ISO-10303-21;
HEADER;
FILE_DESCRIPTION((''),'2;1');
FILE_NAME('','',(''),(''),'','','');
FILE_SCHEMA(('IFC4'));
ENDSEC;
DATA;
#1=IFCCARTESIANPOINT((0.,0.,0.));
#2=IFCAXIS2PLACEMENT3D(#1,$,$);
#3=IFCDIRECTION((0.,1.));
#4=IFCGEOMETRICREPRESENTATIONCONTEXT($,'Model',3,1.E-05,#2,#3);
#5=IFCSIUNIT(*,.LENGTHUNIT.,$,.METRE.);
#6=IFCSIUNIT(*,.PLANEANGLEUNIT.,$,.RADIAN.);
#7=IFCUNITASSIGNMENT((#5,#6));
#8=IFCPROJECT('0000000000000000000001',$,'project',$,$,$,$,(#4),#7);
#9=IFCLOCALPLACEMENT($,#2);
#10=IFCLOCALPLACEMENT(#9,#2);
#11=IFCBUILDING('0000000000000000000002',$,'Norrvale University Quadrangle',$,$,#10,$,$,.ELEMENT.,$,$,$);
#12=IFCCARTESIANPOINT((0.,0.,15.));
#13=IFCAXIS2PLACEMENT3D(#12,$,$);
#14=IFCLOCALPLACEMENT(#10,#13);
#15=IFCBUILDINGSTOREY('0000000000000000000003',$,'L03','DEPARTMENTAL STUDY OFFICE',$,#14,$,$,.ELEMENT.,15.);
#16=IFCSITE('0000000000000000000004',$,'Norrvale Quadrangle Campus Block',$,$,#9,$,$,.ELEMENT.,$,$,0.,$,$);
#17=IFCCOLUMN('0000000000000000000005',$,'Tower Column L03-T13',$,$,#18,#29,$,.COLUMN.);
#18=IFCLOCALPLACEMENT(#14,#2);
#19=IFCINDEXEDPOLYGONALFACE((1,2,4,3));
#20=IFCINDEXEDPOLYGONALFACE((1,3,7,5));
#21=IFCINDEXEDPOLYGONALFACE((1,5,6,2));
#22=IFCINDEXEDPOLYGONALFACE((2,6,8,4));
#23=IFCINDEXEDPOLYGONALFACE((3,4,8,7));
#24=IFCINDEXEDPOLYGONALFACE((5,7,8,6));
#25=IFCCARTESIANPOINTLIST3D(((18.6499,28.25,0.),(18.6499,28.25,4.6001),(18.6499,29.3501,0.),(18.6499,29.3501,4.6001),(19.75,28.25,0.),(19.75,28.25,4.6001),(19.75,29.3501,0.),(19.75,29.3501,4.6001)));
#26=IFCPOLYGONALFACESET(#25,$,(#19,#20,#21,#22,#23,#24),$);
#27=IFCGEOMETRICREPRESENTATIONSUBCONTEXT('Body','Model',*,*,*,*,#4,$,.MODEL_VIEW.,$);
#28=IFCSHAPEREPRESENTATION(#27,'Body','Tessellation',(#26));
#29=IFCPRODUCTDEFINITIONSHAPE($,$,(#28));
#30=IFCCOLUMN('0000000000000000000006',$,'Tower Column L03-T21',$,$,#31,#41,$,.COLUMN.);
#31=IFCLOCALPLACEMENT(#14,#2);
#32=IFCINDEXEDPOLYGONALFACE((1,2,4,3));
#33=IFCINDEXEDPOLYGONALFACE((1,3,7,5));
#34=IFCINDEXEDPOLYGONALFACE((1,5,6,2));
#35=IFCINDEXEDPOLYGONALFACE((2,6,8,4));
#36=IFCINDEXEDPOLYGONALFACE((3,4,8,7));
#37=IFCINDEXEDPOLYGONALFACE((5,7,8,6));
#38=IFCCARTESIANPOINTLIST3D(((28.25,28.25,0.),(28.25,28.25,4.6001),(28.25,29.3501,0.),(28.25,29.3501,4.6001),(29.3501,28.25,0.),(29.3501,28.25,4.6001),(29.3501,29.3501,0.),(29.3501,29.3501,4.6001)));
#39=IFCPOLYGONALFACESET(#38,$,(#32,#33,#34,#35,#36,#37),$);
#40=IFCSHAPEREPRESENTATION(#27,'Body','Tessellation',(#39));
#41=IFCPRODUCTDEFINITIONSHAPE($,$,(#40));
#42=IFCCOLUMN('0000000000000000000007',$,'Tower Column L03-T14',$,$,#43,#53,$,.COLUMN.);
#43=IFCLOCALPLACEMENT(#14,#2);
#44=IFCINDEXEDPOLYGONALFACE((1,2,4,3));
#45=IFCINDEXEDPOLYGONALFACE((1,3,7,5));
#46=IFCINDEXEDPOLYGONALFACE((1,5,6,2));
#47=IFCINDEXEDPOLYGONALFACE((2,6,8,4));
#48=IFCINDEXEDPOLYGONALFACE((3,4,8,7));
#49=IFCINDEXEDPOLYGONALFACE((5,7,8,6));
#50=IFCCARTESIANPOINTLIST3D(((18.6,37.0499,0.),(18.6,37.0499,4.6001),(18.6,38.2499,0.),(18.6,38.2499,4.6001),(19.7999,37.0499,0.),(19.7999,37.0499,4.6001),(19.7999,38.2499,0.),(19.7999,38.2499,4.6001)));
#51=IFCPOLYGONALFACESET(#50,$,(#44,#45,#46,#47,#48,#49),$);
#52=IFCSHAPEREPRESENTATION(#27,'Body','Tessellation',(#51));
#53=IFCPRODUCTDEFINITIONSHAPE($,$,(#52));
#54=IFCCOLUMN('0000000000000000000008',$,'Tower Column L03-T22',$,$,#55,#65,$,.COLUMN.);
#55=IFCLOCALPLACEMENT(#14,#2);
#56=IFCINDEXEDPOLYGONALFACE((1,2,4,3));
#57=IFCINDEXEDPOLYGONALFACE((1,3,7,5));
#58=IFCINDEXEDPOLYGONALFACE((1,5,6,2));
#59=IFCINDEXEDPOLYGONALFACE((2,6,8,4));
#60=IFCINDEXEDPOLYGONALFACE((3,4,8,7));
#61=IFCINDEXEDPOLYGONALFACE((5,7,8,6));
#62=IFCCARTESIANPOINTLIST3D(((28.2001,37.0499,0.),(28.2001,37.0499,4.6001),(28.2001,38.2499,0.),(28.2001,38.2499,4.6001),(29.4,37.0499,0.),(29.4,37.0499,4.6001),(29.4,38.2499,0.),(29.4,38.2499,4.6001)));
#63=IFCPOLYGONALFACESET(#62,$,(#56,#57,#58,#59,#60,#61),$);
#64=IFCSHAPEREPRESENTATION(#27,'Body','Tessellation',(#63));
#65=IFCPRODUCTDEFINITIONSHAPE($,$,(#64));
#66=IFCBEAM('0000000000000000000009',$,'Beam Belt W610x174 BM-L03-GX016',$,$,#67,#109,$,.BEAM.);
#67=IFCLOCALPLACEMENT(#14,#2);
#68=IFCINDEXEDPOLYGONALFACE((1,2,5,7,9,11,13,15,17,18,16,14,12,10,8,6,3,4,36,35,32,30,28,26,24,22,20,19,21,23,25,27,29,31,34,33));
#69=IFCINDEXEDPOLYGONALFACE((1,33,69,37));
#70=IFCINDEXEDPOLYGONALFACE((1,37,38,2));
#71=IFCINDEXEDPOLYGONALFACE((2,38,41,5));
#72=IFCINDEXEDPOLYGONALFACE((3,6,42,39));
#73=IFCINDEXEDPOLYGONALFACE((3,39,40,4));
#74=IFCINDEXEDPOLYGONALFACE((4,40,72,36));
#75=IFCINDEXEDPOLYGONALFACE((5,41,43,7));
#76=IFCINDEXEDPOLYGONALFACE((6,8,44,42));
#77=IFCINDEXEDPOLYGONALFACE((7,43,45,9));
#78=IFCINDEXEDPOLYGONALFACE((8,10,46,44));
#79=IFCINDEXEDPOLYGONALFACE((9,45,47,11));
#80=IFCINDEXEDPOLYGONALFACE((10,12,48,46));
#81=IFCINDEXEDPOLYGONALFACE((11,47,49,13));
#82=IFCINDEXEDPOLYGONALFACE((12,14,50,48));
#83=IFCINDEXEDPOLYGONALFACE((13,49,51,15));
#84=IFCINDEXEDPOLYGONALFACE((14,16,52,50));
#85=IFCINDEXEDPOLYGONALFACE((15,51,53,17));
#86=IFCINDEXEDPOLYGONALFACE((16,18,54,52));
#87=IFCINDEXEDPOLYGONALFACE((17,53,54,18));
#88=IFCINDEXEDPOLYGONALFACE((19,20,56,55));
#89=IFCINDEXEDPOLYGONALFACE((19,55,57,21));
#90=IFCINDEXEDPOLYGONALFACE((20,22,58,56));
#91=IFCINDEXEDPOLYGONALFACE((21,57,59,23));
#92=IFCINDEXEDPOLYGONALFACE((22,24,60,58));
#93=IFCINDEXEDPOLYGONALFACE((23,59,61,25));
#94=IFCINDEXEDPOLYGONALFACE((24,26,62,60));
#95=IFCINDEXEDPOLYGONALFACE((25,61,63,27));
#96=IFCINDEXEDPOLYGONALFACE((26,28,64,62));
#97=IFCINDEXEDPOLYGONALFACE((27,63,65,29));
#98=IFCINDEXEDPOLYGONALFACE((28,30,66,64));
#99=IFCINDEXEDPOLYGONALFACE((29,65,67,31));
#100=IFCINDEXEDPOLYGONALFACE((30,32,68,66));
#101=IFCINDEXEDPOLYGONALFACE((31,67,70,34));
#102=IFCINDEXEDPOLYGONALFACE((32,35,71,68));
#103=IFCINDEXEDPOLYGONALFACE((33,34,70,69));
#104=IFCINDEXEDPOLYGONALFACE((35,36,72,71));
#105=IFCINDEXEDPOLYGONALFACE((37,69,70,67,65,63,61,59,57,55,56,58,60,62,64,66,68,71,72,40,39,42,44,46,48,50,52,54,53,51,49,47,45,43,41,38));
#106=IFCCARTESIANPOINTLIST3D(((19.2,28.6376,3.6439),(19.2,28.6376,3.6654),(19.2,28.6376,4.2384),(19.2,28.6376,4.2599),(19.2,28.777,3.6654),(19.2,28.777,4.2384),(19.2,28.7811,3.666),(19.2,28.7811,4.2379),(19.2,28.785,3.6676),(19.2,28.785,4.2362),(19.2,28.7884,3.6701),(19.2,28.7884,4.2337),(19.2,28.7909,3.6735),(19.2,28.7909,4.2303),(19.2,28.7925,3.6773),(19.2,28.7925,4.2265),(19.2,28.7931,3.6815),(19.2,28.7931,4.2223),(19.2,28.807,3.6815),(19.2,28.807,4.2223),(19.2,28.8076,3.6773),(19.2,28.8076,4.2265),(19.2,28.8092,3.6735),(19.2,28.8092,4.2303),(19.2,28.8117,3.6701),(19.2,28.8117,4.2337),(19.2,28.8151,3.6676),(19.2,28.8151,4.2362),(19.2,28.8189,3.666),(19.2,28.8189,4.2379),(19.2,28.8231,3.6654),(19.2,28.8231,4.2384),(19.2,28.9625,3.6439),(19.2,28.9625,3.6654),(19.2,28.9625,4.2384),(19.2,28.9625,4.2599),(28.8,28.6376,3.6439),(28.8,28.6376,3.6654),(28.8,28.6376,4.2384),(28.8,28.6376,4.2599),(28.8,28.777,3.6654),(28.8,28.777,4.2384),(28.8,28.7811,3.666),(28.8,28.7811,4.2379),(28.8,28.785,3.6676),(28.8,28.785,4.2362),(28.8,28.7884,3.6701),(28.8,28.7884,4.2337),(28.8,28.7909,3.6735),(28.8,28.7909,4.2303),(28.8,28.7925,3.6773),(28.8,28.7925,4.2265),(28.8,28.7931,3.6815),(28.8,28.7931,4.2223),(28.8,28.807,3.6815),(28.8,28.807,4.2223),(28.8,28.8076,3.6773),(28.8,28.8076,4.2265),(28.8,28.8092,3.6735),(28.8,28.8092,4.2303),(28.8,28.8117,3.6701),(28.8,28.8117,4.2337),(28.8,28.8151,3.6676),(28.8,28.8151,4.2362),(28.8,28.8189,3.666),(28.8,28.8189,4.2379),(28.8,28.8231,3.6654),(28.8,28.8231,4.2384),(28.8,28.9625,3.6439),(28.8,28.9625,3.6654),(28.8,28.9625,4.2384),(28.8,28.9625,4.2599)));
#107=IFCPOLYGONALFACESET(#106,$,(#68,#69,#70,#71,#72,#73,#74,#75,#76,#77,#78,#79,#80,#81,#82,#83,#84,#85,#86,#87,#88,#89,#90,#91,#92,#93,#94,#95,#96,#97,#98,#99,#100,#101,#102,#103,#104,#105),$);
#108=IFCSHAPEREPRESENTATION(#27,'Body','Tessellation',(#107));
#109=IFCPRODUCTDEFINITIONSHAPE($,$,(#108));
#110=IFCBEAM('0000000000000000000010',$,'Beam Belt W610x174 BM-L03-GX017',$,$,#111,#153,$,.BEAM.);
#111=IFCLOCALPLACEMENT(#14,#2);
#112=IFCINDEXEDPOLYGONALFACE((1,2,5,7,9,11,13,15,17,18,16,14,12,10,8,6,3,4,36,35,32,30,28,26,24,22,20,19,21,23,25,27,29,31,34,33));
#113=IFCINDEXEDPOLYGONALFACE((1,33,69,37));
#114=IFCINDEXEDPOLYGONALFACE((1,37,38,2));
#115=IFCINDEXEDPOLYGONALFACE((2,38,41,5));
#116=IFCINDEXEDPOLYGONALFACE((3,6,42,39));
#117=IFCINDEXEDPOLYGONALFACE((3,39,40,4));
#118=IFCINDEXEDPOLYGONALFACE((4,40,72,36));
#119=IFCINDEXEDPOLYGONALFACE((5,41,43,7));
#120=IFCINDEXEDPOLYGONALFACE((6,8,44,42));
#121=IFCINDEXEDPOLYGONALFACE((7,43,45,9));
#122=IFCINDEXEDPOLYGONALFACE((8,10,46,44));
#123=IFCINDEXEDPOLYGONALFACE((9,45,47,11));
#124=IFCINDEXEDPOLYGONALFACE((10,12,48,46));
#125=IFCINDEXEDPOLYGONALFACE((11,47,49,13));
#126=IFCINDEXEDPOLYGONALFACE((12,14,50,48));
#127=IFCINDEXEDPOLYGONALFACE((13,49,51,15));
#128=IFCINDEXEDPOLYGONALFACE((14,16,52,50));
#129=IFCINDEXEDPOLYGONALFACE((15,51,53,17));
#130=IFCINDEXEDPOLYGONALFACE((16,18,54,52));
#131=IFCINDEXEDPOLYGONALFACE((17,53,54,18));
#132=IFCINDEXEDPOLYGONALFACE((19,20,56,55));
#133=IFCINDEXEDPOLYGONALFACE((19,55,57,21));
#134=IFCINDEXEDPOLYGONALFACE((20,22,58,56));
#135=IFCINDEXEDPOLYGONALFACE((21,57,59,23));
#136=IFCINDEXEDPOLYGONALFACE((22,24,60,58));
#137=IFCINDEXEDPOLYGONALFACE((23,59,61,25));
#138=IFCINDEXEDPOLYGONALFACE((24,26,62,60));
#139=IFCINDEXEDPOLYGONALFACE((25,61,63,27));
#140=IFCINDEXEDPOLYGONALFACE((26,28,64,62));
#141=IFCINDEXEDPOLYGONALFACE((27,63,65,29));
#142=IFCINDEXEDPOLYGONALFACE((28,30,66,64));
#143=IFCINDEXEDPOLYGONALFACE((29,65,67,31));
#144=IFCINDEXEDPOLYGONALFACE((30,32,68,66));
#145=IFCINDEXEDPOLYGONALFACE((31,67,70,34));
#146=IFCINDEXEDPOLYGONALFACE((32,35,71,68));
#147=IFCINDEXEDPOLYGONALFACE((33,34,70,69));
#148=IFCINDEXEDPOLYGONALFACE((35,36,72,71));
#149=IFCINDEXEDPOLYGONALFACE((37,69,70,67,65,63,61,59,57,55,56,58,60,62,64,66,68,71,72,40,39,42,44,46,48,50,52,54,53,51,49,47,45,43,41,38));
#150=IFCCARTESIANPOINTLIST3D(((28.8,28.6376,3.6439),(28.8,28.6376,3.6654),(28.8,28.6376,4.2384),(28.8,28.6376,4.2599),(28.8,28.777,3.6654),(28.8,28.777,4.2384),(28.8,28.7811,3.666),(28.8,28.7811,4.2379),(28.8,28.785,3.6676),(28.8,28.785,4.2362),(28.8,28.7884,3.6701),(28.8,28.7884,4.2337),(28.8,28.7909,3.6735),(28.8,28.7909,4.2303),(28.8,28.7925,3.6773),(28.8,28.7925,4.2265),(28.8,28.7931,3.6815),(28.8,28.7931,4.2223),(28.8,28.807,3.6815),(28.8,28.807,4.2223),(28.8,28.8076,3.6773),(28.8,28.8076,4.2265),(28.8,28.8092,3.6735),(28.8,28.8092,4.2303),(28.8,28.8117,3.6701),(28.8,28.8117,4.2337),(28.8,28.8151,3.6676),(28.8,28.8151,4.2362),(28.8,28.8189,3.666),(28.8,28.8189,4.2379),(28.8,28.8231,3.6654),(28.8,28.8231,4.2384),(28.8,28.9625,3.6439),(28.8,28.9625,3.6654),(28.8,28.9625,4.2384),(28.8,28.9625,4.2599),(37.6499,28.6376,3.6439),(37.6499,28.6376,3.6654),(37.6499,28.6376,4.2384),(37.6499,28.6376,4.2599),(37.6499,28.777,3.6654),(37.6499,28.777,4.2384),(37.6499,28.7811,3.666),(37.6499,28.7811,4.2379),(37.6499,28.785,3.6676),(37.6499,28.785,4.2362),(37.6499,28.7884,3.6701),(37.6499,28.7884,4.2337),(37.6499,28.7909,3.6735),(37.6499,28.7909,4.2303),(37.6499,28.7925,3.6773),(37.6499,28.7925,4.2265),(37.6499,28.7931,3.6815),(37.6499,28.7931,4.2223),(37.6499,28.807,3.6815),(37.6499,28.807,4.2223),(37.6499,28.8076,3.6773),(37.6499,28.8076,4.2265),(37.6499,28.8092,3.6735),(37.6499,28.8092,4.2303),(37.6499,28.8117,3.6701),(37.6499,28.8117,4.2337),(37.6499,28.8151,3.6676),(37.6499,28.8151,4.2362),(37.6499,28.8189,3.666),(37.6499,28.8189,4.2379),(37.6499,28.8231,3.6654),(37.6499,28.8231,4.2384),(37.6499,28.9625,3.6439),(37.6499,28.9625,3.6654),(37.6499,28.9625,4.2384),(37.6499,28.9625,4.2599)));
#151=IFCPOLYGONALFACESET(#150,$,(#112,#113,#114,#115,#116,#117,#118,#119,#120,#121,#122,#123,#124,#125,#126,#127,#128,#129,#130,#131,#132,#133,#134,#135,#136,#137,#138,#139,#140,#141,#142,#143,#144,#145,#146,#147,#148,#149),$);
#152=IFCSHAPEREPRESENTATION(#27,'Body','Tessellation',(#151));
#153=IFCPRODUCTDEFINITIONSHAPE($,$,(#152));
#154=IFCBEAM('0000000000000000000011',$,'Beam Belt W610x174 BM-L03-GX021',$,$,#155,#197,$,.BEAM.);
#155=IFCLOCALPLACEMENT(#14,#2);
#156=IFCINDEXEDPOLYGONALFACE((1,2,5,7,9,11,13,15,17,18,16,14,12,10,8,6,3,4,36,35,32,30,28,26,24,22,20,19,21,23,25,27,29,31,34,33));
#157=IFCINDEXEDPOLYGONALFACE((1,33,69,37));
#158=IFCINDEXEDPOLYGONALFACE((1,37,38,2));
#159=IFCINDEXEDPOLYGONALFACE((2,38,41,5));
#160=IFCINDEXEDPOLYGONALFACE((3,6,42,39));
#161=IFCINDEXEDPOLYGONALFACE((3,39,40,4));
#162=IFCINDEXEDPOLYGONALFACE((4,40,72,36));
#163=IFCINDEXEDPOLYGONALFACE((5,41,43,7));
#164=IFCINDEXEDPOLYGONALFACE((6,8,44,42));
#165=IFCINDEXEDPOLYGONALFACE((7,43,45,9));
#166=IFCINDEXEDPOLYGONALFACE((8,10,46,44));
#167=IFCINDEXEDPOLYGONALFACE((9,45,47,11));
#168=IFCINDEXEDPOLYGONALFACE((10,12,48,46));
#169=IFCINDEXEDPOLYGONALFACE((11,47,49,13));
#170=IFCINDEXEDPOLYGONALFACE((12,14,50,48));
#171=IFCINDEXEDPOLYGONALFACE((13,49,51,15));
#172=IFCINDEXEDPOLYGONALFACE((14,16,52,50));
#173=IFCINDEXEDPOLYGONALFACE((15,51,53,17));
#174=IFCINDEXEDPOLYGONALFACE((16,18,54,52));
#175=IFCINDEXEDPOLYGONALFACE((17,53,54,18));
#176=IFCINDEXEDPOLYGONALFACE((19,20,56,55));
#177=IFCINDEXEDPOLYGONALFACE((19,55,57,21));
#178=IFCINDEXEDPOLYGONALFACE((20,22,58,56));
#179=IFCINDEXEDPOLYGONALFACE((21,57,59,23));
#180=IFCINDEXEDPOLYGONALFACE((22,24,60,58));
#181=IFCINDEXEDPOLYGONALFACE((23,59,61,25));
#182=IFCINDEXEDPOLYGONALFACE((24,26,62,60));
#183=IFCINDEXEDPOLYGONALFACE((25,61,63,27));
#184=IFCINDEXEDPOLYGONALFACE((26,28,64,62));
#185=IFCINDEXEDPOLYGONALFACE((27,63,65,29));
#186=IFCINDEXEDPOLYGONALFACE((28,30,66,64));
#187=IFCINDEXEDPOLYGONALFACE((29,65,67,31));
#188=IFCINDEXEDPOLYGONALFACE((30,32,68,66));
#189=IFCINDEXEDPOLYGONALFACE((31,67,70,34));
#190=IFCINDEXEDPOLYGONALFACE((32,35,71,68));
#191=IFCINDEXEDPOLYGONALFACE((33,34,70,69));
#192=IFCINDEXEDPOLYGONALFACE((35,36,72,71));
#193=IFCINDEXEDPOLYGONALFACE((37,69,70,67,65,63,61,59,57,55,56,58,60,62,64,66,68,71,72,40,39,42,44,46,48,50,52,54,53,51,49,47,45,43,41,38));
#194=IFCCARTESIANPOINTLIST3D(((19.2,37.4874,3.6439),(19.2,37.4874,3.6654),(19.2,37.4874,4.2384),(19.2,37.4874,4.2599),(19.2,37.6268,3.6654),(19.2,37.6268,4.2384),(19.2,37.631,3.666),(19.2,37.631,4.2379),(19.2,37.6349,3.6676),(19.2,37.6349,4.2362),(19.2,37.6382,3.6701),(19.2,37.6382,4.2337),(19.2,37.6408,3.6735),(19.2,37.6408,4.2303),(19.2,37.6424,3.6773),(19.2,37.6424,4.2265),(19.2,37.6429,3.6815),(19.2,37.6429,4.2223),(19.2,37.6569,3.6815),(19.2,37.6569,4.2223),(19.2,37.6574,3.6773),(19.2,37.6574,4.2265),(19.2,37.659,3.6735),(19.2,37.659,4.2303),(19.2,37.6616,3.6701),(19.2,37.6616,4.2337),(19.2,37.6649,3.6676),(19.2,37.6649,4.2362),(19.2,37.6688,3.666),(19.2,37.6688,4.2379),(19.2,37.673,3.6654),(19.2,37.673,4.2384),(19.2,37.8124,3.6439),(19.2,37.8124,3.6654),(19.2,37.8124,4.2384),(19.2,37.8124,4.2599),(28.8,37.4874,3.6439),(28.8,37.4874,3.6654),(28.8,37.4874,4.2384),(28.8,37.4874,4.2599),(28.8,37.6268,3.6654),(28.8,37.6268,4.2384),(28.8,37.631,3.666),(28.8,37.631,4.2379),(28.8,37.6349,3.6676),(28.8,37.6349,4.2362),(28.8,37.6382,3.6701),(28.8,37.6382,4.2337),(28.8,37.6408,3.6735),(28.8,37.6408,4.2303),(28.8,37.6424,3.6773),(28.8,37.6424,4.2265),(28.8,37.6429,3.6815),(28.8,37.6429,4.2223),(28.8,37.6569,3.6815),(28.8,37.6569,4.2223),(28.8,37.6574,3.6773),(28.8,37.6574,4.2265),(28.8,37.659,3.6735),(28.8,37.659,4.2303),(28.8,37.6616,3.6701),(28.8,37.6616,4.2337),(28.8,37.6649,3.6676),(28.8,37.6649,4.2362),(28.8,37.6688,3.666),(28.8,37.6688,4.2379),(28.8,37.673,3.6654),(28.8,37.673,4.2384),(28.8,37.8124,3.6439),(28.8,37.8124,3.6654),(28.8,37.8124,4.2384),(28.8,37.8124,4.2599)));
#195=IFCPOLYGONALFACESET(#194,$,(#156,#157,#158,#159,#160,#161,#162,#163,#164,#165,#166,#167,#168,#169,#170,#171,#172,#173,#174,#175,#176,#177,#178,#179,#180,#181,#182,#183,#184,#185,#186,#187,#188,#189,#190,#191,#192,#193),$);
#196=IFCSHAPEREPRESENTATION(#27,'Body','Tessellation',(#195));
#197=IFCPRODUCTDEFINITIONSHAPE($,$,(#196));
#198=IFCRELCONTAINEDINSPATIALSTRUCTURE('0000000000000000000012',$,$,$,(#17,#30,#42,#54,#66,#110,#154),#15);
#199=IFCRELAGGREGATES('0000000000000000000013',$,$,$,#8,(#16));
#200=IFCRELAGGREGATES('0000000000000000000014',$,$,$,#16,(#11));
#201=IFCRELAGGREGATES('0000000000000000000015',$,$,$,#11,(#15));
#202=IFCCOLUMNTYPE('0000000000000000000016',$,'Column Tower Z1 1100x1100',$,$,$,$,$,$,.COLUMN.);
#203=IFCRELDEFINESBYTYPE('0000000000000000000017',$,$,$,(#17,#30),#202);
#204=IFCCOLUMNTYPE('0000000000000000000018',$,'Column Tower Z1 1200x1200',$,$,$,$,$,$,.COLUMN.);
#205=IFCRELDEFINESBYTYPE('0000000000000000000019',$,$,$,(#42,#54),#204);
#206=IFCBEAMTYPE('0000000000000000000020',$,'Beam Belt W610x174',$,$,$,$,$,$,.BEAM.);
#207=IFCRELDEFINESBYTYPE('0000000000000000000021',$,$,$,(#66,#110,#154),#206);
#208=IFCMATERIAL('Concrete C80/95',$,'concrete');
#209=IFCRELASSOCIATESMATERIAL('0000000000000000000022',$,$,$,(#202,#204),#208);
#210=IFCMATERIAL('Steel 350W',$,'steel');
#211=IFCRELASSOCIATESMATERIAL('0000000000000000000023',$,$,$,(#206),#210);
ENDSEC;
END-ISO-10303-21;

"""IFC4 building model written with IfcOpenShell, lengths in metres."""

from ifc_helpers import new_model, si_unit, direction, frame, origin, origin_2d, place, context, subcontext, project, spatial, rectangle, i_section, extrude, material, material_profile, profile_set, type_object, element, save


model = new_model("IFC4")

# Units and contexts
model_context = context("Model", 3, precision=1e-05, world=origin(), true_north=direction((0.0, 1.0)))
body_context = subcontext(model_context, "Body", "Model", "MODEL_VIEW")
ifc_project = project(units=[si_unit("LENGTHUNIT", "METRE"), si_unit("PLANEANGLEUNIT", "RADIAN")], contexts=[model_context])

# Site, building, storey
site_placement = place(None, origin())
site = spatial("IfcSite", under=ifc_project, at=site_placement, Name="Norrvale Quadrangle Campus Block", CompositionType="ELEMENT", RefElevation=0.0)
building_placement = place(site_placement, origin())
building = spatial("IfcBuilding", under=site, at=building_placement, Name="Norrvale University Quadrangle", CompositionType="ELEMENT")
storey_placement = place(building_placement, frame((0.0, 0.0, 15.0)))
storey = spatial("IfcBuildingStorey", under=building, at=storey_placement, Name="L03", Description="DEPARTMENTAL STUDY OFFICE", CompositionType="ELEMENT", Elevation=15.0)

# Columns
ifc_material_1 = material(Name="Concrete C80/95", Category="concrete")
ifc_material_profile_1 = material_profile(ifc_material_1, rectangle(XDim=1.1001, YDim=1.1001, at=origin_2d()), Name="Concrete C80/95")
ifc_profile_set_1 = profile_set([ifc_material_profile_1], Name="Concrete C80/95")
column_type_1 = type_object("IfcColumnType", Name="Column Tower Z1 1100x1100", PredefinedType="COLUMN", material=ifc_profile_set_1)
for number, where, z_axis, x_axis, name in (
    (1, (19.2, 28.8, 0.0), (0.0, 0.0, 1.0), (1.0, 0.0, 0.0), "Tower Column L03-T13"),
    (2, (28.8, 28.8, 0.0), (0.0, 0.0, 1.0), (1.0, 0.0, 0.0), "Tower Column L03-T21"),
):
    element("IfcColumn", number, at=place(storey_placement, frame(where, z_axis=z_axis, x_axis=x_axis)), inside=storey, type_object=column_type_1, Name=name, PredefinedType="COLUMN", context=body_context, shape_type="SweptSolid", body=[
        extrude(rectangle(XDim=1.1001, YDim=1.1001, at=origin_2d()), origin(), (0.0, 0.0, 1.0), 4.6001),
    ])
ifc_material_profile_2 = material_profile(ifc_material_1, rectangle(XDim=1.2, YDim=1.2, at=origin_2d()), Name="Concrete C80/95")
ifc_profile_set_2 = profile_set([ifc_material_profile_2], Name="Concrete C80/95")
column_type_2 = type_object("IfcColumnType", Name="Column Tower Z1 1200x1200", PredefinedType="COLUMN", material=ifc_profile_set_2)
for number, where, z_axis, x_axis, name in (
    (3, (19.2, 37.6499, 0.0), (0.0, 0.0, 1.0), (1.0, 0.0, 0.0), "Tower Column L03-T14"),
    (4, (28.8, 37.6499, 0.0), (0.0, 0.0, 1.0), (1.0, 0.0, 0.0), "Tower Column L03-T22"),
):
    element("IfcColumn", number, at=place(storey_placement, frame(where, z_axis=z_axis, x_axis=x_axis)), inside=storey, type_object=column_type_2, Name=name, PredefinedType="COLUMN", context=body_context, shape_type="SweptSolid", body=[
        extrude(rectangle(XDim=1.2, YDim=1.2, at=origin_2d()), origin(), (0.0, 0.0, 1.0), 4.6001),
    ])

# Beams
ifc_material_2 = material(Name="Steel 350W", Category="steel")
ifc_material_profile_3 = material_profile(ifc_material_2, i_section(OverallWidth=0.325, OverallDepth=0.616, WebThickness=0.0139, FlangeThickness=0.0215, FilletRadius=0.0161, at=origin_2d()), Name="Steel 350W")
ifc_profile_set_3 = profile_set([ifc_material_profile_3], Name="Steel 350W")
beam_type_1 = type_object("IfcBeamType", Name="Beam Belt W610x174", PredefinedType="BEAM", material=ifc_profile_set_3)
beam_1_placement = place(storey_placement, frame((19.2, 28.8, 3.9519), z_axis=(1.0, 0.0, 0.0), x_axis=(0.0, 1.0, 0.0)))
element("IfcBeam", 5, at=beam_1_placement, inside=storey, type_object=beam_type_1, Name="Beam Belt W610x174 BM-L03-GX016", PredefinedType="BEAM", context=body_context, shape_type="SweptSolid", body=[
    extrude(i_section(OverallWidth=0.325, OverallDepth=0.616, WebThickness=0.0139, FlangeThickness=0.0215, FilletRadius=0.0161, at=origin_2d()), origin(), (0.0, 0.0, 1.0), 9.6001),
])
beam_2_placement = place(storey_placement, frame((28.8, 28.8, 3.9519), z_axis=(1.0, 0.0, 0.0), x_axis=(0.0, 1.0, 0.0)))
element("IfcBeam", 6, at=beam_2_placement, inside=storey, type_object=beam_type_1, Name="Beam Belt W610x174 BM-L03-GX017", PredefinedType="BEAM", context=body_context, shape_type="SweptSolid", body=[
    extrude(i_section(OverallWidth=0.325, OverallDepth=0.616, WebThickness=0.0139, FlangeThickness=0.0215, FilletRadius=0.0161, at=origin_2d()), origin(), (0.0, 0.0, 1.0), 8.8499),
])
beam_3_placement = place(storey_placement, frame((19.2, 37.6499, 3.9519), z_axis=(1.0, 0.0, 0.0), x_axis=(0.0, 1.0, 0.0)))
element("IfcBeam", 7, at=beam_3_placement, inside=storey, type_object=beam_type_1, Name="Beam Belt W610x174 BM-L03-GX021", PredefinedType="BEAM", context=body_context, shape_type="SweptSolid", body=[
    extrude(i_section(OverallWidth=0.325, OverallDepth=0.616, WebThickness=0.0139, FlangeThickness=0.0215, FilletRadius=0.0161, at=origin_2d()), origin(), (0.0, 0.0, 1.0), 9.6001),
])

save(model, "model.ifc")
